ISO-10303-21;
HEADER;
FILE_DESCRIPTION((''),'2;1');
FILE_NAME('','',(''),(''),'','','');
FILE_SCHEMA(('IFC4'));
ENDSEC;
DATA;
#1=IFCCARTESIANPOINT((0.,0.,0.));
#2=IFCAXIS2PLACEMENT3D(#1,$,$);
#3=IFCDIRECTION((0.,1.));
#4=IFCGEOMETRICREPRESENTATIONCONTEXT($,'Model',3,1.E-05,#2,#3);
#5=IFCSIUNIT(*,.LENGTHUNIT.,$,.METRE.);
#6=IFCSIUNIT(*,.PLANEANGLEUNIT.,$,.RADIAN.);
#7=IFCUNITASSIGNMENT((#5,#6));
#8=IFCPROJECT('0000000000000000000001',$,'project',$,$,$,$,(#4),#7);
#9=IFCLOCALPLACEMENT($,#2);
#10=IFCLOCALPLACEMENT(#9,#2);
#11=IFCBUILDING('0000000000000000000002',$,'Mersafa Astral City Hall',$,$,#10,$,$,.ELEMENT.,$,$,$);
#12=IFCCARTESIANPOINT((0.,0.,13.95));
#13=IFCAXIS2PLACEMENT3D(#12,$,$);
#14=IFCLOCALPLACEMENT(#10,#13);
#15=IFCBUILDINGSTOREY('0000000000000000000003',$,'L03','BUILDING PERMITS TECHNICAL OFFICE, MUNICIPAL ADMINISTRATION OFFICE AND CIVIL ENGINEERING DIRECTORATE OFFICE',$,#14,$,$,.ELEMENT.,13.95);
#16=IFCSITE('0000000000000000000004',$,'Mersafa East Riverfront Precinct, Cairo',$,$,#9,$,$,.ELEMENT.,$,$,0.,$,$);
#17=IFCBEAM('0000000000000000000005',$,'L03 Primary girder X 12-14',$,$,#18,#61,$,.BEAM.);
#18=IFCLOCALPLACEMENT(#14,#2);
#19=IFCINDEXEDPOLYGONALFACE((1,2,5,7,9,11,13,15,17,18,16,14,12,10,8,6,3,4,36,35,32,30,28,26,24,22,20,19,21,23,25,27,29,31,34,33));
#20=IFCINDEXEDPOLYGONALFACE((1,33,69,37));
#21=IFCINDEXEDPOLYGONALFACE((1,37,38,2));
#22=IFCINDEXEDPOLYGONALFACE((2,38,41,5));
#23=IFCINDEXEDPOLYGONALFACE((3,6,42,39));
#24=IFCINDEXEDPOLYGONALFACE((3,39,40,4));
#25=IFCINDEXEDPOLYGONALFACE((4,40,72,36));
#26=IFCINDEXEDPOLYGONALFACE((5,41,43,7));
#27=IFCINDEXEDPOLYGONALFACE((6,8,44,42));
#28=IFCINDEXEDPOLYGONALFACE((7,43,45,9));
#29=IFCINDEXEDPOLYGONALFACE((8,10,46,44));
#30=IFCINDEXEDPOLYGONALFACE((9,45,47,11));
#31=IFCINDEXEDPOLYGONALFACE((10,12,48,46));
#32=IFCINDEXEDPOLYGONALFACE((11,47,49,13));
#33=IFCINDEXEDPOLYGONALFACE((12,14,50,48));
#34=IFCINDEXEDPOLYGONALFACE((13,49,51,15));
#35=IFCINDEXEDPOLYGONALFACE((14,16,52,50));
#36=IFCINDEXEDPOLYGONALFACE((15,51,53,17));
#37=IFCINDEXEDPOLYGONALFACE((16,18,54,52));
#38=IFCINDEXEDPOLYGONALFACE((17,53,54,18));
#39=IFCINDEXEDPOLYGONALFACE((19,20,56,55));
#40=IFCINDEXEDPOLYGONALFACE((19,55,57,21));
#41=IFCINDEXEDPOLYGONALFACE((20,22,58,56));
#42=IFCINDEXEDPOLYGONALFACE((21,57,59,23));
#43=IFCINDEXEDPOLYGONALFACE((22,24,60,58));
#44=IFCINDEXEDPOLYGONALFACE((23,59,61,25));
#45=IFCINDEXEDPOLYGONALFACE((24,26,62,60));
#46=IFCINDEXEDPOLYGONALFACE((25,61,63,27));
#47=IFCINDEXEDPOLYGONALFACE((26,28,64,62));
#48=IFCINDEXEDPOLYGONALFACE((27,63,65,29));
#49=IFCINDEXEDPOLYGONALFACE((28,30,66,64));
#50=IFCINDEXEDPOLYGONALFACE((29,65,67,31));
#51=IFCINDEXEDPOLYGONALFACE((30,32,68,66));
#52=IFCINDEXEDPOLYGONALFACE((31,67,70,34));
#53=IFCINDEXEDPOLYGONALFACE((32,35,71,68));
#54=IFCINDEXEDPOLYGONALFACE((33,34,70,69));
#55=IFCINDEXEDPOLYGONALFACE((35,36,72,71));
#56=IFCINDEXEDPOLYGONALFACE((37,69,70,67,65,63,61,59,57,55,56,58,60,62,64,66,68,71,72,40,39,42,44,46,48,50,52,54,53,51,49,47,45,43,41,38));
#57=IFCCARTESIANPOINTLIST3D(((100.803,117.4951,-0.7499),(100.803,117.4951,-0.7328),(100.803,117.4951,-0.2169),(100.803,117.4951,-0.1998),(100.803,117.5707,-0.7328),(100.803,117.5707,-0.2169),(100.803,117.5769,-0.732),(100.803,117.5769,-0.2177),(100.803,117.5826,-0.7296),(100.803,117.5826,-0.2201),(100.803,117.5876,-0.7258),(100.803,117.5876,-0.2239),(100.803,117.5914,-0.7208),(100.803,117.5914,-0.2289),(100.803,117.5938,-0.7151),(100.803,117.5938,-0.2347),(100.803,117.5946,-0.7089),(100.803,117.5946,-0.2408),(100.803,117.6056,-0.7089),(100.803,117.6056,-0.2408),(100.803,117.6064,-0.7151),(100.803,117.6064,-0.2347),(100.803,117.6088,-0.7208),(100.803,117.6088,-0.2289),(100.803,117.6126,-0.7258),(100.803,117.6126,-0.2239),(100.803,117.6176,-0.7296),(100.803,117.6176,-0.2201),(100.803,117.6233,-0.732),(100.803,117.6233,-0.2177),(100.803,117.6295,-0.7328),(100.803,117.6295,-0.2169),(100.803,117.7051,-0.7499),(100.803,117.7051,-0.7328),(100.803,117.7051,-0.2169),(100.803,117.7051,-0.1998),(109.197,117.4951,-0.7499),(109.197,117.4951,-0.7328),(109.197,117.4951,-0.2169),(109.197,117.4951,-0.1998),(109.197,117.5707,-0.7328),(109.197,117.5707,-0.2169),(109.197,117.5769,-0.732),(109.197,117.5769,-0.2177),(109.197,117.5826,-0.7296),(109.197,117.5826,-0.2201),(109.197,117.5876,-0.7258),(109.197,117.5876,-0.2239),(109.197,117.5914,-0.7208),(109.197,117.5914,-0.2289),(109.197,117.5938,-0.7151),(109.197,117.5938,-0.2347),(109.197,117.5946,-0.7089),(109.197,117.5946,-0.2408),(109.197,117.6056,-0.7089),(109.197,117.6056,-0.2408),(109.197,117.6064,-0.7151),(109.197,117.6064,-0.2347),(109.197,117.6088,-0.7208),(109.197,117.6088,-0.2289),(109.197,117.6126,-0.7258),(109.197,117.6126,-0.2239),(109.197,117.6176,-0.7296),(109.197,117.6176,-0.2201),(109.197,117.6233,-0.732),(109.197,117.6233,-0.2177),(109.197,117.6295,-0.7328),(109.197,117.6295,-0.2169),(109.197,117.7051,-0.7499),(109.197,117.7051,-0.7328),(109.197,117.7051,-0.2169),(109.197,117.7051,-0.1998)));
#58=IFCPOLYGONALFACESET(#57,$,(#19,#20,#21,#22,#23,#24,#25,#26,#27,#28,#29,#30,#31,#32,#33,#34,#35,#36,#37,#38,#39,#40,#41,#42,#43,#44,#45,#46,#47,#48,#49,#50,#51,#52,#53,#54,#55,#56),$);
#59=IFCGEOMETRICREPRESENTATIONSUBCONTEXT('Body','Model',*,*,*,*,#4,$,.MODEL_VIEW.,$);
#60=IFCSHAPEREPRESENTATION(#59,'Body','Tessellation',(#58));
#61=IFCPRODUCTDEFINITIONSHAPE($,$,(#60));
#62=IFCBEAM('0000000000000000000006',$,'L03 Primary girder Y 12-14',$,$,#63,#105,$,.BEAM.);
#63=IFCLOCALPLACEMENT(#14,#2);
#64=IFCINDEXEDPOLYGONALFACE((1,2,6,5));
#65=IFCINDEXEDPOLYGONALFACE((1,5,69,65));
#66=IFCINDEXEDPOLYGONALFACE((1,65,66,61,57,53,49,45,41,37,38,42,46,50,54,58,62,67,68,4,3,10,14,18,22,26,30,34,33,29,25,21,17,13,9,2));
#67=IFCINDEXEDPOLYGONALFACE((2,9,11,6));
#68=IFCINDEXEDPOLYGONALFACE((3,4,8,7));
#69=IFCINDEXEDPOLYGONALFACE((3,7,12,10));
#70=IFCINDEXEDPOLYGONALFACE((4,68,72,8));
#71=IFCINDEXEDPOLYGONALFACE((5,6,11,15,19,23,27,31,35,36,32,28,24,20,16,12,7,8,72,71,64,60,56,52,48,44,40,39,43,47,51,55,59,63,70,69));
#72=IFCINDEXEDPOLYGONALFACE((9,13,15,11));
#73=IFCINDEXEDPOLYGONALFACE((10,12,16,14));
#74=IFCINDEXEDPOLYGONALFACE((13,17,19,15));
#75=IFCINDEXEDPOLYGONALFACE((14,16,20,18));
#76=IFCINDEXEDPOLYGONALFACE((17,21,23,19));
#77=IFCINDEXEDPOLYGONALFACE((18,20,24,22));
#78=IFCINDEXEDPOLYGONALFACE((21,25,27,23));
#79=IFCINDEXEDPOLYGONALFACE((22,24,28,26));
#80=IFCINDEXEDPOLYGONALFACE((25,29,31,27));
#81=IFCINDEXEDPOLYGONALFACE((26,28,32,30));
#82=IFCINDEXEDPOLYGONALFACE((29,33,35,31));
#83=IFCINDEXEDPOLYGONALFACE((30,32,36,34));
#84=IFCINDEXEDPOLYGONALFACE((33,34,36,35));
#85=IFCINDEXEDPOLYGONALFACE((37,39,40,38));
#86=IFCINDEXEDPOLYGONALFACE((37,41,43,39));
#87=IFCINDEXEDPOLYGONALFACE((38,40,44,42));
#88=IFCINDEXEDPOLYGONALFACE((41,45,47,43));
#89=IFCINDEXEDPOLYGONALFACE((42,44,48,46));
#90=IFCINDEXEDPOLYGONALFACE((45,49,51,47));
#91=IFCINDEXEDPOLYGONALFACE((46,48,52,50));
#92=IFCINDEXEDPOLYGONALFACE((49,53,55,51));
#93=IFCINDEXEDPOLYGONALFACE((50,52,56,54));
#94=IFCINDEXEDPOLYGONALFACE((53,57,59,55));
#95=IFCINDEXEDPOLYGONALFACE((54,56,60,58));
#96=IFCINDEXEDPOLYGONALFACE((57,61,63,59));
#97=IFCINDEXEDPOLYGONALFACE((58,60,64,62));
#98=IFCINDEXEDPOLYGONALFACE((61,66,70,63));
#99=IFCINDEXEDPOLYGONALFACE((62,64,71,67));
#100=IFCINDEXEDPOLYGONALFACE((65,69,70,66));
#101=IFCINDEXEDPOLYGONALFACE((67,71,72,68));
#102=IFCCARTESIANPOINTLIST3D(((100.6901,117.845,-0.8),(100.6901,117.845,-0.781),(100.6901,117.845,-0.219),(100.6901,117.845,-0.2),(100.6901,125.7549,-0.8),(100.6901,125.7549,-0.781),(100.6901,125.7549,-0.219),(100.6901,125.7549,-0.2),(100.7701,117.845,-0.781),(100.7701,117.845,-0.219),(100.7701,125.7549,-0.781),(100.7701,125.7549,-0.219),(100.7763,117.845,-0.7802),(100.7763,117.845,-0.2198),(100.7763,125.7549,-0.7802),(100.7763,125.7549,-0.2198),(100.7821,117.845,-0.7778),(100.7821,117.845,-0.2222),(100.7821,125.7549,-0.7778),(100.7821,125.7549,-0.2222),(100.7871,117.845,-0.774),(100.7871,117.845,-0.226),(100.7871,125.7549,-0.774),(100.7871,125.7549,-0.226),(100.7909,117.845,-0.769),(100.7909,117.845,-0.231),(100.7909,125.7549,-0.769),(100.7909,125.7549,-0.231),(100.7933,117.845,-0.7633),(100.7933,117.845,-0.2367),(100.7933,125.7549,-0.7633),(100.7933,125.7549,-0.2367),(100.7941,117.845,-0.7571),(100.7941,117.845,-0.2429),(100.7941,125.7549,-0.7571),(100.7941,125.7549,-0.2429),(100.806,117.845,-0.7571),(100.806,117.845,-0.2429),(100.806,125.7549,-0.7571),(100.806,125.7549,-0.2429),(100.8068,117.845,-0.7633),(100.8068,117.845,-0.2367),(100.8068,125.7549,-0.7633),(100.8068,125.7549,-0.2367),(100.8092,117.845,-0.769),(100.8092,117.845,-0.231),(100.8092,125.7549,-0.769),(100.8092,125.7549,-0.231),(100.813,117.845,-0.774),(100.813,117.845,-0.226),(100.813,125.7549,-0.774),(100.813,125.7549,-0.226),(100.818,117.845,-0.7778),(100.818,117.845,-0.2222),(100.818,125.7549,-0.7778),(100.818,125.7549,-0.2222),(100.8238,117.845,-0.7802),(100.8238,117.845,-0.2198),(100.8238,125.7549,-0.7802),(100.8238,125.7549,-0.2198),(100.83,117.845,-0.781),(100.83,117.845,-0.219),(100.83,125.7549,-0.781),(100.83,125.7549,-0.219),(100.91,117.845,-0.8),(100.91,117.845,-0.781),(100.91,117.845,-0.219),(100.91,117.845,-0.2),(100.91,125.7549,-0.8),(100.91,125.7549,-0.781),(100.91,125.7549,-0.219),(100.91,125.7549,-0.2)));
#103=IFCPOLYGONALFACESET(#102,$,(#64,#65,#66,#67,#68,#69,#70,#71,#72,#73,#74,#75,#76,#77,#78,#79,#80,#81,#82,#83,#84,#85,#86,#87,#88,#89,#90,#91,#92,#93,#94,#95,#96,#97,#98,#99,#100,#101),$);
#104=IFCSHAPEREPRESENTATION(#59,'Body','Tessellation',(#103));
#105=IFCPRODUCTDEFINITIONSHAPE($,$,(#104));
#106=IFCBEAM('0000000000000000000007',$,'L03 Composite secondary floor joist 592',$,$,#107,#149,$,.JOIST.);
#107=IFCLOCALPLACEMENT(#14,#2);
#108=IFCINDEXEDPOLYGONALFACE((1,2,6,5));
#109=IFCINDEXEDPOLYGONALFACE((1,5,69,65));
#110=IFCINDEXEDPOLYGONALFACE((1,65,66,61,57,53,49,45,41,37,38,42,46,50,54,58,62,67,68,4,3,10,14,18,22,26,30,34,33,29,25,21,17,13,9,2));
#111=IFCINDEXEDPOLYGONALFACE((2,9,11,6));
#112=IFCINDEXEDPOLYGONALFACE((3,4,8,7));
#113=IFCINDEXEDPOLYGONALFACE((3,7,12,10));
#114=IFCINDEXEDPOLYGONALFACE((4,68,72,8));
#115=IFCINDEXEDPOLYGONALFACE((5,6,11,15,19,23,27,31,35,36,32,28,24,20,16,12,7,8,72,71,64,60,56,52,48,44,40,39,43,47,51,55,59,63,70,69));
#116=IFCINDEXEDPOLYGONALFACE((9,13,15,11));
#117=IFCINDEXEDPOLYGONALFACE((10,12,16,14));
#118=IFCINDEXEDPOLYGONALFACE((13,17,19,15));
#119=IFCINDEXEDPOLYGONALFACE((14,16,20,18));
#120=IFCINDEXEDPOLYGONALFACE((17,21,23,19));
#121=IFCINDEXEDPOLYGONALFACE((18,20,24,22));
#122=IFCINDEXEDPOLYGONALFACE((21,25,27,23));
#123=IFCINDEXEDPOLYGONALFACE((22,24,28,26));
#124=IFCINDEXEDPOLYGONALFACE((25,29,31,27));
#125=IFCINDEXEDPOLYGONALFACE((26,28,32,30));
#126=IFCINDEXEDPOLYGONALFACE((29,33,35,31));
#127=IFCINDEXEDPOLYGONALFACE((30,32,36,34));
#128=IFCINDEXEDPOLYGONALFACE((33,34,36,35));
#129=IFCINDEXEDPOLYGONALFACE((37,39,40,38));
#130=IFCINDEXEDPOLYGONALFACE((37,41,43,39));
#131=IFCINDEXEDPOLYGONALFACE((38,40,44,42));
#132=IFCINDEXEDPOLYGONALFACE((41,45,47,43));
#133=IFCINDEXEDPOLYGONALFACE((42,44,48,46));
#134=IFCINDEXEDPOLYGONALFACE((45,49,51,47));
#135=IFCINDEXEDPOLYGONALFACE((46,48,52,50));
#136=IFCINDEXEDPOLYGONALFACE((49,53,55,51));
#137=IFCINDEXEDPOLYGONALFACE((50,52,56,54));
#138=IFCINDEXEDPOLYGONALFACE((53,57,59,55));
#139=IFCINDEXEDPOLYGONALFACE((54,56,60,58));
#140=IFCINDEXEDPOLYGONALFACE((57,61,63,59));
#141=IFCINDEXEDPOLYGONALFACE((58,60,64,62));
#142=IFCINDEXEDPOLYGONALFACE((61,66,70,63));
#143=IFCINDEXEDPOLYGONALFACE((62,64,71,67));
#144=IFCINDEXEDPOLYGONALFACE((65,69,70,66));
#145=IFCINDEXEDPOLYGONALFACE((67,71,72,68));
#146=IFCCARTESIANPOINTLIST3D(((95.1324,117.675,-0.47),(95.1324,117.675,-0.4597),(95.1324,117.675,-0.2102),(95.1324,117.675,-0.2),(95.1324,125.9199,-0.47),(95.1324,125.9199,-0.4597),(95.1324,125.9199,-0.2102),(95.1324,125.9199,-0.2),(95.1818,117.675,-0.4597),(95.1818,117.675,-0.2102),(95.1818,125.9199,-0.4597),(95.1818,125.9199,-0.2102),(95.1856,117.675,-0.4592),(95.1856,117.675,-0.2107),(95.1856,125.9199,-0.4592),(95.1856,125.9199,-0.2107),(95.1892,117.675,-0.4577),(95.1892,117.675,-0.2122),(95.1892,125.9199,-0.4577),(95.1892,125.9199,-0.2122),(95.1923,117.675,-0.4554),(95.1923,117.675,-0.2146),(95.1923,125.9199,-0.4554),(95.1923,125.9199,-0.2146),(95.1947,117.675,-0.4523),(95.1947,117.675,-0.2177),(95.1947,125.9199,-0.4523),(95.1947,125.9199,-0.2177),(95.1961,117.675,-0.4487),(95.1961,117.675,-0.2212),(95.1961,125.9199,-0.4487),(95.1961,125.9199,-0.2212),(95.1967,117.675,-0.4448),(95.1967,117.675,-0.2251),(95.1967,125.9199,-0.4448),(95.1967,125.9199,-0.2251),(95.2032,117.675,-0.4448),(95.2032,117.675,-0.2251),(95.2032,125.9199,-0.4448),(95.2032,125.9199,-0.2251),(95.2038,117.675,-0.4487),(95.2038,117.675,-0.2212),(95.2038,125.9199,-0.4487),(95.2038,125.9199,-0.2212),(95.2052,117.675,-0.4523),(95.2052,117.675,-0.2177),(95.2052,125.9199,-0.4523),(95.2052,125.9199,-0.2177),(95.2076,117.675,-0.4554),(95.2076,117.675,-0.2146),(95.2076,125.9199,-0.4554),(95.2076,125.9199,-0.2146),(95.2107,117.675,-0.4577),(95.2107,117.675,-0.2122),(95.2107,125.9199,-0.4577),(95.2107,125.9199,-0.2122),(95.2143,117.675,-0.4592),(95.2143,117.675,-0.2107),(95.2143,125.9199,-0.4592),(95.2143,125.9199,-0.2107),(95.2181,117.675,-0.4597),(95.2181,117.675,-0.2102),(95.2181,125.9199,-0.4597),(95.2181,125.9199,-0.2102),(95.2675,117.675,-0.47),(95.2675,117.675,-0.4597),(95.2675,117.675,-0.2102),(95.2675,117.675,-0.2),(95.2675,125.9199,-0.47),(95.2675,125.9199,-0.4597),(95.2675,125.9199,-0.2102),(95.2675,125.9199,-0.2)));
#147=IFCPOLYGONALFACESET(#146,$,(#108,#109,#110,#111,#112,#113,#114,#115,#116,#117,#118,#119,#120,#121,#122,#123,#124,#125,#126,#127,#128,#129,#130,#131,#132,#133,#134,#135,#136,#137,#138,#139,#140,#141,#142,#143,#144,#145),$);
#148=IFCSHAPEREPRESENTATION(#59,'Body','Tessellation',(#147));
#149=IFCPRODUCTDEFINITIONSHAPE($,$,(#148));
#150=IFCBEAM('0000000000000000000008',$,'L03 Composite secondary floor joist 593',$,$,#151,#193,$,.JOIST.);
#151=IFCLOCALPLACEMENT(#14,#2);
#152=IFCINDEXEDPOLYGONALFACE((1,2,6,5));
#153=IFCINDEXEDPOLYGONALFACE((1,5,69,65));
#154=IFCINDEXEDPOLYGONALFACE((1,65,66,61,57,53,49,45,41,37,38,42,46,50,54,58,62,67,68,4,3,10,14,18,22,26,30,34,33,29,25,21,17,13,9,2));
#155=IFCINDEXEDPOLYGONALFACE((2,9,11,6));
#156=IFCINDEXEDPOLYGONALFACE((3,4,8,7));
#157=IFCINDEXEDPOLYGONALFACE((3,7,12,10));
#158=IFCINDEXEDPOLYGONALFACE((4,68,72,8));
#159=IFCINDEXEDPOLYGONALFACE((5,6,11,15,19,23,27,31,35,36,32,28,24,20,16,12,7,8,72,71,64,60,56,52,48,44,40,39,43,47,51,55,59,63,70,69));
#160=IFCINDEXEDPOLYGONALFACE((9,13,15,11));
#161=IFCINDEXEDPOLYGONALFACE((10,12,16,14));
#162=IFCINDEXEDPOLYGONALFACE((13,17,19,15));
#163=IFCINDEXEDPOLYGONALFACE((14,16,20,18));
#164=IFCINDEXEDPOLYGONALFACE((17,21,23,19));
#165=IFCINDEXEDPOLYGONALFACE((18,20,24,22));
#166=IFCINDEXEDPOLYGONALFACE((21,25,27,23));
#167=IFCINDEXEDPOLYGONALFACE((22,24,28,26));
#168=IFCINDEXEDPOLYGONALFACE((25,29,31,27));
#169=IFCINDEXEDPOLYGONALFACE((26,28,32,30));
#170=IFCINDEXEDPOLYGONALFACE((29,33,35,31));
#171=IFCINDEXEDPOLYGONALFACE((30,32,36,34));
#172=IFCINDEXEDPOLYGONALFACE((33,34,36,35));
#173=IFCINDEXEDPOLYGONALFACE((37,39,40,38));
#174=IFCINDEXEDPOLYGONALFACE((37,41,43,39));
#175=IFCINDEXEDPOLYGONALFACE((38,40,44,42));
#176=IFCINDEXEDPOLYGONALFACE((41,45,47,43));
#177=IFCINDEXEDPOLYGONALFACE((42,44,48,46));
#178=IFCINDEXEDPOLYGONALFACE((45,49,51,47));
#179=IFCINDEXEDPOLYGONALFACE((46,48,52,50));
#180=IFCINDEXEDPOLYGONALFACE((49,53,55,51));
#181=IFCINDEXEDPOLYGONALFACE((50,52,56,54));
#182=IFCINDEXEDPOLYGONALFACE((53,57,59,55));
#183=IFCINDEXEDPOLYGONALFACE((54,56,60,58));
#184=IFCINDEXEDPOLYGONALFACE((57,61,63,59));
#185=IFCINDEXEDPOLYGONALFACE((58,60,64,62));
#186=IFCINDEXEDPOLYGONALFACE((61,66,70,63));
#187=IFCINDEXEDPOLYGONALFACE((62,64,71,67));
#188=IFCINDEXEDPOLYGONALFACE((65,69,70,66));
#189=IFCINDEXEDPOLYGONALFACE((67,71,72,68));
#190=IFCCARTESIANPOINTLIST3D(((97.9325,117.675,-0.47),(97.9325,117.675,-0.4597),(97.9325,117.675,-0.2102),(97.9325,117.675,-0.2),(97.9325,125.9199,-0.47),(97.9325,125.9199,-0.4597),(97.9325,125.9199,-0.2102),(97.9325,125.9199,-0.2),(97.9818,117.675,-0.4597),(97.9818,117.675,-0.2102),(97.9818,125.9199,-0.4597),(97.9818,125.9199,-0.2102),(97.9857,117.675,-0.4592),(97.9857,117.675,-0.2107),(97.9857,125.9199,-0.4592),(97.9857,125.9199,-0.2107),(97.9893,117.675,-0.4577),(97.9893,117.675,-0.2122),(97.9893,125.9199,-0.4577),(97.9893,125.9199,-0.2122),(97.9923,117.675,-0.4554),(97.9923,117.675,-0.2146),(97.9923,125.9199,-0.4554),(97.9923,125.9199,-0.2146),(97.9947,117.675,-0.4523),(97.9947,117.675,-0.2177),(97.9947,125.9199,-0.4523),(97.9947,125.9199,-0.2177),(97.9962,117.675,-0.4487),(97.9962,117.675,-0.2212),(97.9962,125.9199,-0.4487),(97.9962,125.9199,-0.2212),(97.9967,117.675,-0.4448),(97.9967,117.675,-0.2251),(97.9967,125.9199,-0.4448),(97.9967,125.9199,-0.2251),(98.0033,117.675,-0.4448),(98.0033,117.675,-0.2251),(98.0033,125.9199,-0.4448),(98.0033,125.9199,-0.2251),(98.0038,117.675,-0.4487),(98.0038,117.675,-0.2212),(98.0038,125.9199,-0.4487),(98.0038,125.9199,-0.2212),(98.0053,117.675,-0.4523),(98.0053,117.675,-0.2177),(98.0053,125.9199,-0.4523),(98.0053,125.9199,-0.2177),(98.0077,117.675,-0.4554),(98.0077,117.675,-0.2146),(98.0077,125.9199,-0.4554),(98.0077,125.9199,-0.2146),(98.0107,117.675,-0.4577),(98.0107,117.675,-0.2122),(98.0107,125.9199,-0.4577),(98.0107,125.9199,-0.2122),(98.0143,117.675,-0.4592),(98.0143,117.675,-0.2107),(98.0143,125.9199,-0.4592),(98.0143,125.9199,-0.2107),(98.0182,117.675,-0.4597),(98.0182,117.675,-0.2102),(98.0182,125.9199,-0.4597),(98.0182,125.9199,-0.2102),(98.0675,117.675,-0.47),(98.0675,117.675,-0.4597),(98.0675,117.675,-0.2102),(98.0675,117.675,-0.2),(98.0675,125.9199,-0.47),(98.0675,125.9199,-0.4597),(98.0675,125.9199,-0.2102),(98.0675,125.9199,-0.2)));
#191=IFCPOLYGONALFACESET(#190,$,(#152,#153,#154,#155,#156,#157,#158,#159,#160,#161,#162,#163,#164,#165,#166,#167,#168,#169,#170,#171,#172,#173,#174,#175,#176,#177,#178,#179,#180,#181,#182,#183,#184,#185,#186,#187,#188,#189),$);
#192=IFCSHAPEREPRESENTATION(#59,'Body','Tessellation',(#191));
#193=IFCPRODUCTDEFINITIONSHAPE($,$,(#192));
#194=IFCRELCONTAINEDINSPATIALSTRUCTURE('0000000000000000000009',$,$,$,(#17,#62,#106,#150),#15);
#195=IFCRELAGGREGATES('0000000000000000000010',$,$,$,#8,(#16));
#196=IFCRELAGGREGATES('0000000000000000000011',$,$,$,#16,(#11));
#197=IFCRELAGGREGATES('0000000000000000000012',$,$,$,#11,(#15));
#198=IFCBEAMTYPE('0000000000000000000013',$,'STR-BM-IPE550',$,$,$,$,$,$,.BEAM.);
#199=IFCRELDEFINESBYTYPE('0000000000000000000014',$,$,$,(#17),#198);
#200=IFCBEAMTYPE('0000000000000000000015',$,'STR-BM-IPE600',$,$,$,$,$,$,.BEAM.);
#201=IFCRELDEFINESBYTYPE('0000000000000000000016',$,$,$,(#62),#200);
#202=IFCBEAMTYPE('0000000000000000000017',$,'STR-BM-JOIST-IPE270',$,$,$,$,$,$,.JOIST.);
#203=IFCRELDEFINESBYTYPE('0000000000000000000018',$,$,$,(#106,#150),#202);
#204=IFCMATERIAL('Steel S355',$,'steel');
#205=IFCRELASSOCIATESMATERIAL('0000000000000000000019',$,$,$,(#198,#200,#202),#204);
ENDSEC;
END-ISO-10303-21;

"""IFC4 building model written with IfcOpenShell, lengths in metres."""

from ifc_helpers import new_model, si_unit, direction, frame, origin, origin_2d, place, context, subcontext, project, spatial, i_section, extrude, material, material_profile, profile_set, type_object, element, save


model = new_model("IFC4")

# Units and contexts
model_context = context("Model", 3, precision=1e-05, world=origin(), true_north=direction((0.0, 1.0)))
body_context = subcontext(model_context, "Body", "Model", "MODEL_VIEW")
ifc_project = project(units=[si_unit("LENGTHUNIT", "METRE"), si_unit("PLANEANGLEUNIT", "RADIAN")], contexts=[model_context])

# Site, building, storey
site_placement = place(None, origin())
site = spatial("IfcSite", under=ifc_project, at=site_placement, Name="Mersafa East Riverfront Precinct, Cairo", CompositionType="ELEMENT", RefElevation=0.0)
building_placement = place(site_placement, origin())
building = spatial("IfcBuilding", under=site, at=building_placement, Name="Mersafa Astral City Hall", CompositionType="ELEMENT")
storey_placement = place(building_placement, frame((0.0, 0.0, 13.95)))
storey = spatial("IfcBuildingStorey", under=building, at=storey_placement, Name="L03", Description="BUILDING PERMITS TECHNICAL OFFICE, MUNICIPAL ADMINISTRATION OFFICE AND CIVIL ENGINEERING DIRECTORATE OFFICE", CompositionType="ELEMENT", Elevation=13.95)

# Shared definitions
ifc_material_1 = material(Name="Steel S355", Category="steel")

# Beams
ifc_material_profile_1 = material_profile(ifc_material_1, i_section(OverallWidth=0.21, OverallDepth=0.55, WebThickness=0.011, FlangeThickness=0.0171, FilletRadius=0.0239, at=origin_2d()), Name="IPE 550")
ifc_profile_set_1 = profile_set([ifc_material_profile_1], Name="Steel S355")
beam_type_1 = type_object("IfcBeamType", Name="STR-BM-IPE550", PredefinedType="BEAM", material=ifc_profile_set_1)
beam_1_placement = place(storey_placement, frame((100.803, 117.6001, -0.4749), z_axis=(1.0, 0.0, 0.0), x_axis=(0.0, 1.0, 0.0)))
element("IfcBeam", 1, at=beam_1_placement, inside=storey, type_object=beam_type_1, Name="L03 Primary girder X 12-14", PredefinedType="BEAM", context=body_context, shape_type="SweptSolid", body=[
    extrude(i_section(OverallWidth=0.21, OverallDepth=0.55, WebThickness=0.011, FlangeThickness=0.0171, FilletRadius=0.0239, at=origin_2d()), origin(), (0.0, 0.0, 1.0), 8.394),
])
ifc_material_profile_2 = material_profile(ifc_material_1, i_section(OverallWidth=0.22, OverallDepth=0.6001, WebThickness=0.012, FlangeThickness=0.019, FilletRadius=0.0239, at=origin_2d()), Name="IPE 600")
ifc_profile_set_2 = profile_set([ifc_material_profile_2], Name="Steel S355")
beam_type_2 = type_object("IfcBeamType", Name="STR-BM-IPE600", PredefinedType="BEAM", material=ifc_profile_set_2)
beam_2_placement = place(storey_placement, frame((100.8, 117.845, -0.5), z_axis=(0.0, 1.0, 0.0), x_axis=(-1.0, 0.0, 0.0)))
element("IfcBeam", 2, at=beam_2_placement, inside=storey, type_object=beam_type_2, Name="L03 Primary girder Y 12-14", PredefinedType="BEAM", context=body_context, shape_type="SweptSolid", body=[
    extrude(i_section(OverallWidth=0.22, OverallDepth=0.6001, WebThickness=0.012, FlangeThickness=0.019, FilletRadius=0.0239, at=origin_2d()), origin(), (0.0, 0.0, 1.0), 7.9099),
])
ifc_material_profile_3 = material_profile(ifc_material_1, i_section(OverallWidth=0.135, OverallDepth=0.27, WebThickness=0.0066, FlangeThickness=0.0103, FilletRadius=0.0149, at=origin_2d()), Name="IPE 270")
ifc_profile_set_3 = profile_set([ifc_material_profile_3], Name="Steel S355")
beam_type_3 = type_object("IfcBeamType", Name="STR-BM-JOIST-IPE270", PredefinedType="JOIST", material=ifc_profile_set_3)
for number, where, z_axis, x_axis, name in (
    (3, (95.2, 117.675, -0.335), (0.0, 1.0, 0.0), (-1.0, 0.0, 0.0), "L03 Composite secondary floor joist 592"),
    (4, (98.0, 117.675, -0.335), (0.0, 1.0, 0.0), (-1.0, 0.0, 0.0), "L03 Composite secondary floor joist 593"),
):
    element("IfcBeam", number, at=place(storey_placement, frame(where, z_axis=z_axis, x_axis=x_axis)), inside=storey, type_object=beam_type_3, Name=name, PredefinedType="JOIST", context=body_context, shape_type="SweptSolid", body=[
        extrude(i_section(OverallWidth=0.135, OverallDepth=0.27, WebThickness=0.0066, FlangeThickness=0.0103, FilletRadius=0.0149, at=origin_2d()), origin(), (0.0, 0.0, 1.0), 8.2449),
    ])

save(model, "model.ifc")
